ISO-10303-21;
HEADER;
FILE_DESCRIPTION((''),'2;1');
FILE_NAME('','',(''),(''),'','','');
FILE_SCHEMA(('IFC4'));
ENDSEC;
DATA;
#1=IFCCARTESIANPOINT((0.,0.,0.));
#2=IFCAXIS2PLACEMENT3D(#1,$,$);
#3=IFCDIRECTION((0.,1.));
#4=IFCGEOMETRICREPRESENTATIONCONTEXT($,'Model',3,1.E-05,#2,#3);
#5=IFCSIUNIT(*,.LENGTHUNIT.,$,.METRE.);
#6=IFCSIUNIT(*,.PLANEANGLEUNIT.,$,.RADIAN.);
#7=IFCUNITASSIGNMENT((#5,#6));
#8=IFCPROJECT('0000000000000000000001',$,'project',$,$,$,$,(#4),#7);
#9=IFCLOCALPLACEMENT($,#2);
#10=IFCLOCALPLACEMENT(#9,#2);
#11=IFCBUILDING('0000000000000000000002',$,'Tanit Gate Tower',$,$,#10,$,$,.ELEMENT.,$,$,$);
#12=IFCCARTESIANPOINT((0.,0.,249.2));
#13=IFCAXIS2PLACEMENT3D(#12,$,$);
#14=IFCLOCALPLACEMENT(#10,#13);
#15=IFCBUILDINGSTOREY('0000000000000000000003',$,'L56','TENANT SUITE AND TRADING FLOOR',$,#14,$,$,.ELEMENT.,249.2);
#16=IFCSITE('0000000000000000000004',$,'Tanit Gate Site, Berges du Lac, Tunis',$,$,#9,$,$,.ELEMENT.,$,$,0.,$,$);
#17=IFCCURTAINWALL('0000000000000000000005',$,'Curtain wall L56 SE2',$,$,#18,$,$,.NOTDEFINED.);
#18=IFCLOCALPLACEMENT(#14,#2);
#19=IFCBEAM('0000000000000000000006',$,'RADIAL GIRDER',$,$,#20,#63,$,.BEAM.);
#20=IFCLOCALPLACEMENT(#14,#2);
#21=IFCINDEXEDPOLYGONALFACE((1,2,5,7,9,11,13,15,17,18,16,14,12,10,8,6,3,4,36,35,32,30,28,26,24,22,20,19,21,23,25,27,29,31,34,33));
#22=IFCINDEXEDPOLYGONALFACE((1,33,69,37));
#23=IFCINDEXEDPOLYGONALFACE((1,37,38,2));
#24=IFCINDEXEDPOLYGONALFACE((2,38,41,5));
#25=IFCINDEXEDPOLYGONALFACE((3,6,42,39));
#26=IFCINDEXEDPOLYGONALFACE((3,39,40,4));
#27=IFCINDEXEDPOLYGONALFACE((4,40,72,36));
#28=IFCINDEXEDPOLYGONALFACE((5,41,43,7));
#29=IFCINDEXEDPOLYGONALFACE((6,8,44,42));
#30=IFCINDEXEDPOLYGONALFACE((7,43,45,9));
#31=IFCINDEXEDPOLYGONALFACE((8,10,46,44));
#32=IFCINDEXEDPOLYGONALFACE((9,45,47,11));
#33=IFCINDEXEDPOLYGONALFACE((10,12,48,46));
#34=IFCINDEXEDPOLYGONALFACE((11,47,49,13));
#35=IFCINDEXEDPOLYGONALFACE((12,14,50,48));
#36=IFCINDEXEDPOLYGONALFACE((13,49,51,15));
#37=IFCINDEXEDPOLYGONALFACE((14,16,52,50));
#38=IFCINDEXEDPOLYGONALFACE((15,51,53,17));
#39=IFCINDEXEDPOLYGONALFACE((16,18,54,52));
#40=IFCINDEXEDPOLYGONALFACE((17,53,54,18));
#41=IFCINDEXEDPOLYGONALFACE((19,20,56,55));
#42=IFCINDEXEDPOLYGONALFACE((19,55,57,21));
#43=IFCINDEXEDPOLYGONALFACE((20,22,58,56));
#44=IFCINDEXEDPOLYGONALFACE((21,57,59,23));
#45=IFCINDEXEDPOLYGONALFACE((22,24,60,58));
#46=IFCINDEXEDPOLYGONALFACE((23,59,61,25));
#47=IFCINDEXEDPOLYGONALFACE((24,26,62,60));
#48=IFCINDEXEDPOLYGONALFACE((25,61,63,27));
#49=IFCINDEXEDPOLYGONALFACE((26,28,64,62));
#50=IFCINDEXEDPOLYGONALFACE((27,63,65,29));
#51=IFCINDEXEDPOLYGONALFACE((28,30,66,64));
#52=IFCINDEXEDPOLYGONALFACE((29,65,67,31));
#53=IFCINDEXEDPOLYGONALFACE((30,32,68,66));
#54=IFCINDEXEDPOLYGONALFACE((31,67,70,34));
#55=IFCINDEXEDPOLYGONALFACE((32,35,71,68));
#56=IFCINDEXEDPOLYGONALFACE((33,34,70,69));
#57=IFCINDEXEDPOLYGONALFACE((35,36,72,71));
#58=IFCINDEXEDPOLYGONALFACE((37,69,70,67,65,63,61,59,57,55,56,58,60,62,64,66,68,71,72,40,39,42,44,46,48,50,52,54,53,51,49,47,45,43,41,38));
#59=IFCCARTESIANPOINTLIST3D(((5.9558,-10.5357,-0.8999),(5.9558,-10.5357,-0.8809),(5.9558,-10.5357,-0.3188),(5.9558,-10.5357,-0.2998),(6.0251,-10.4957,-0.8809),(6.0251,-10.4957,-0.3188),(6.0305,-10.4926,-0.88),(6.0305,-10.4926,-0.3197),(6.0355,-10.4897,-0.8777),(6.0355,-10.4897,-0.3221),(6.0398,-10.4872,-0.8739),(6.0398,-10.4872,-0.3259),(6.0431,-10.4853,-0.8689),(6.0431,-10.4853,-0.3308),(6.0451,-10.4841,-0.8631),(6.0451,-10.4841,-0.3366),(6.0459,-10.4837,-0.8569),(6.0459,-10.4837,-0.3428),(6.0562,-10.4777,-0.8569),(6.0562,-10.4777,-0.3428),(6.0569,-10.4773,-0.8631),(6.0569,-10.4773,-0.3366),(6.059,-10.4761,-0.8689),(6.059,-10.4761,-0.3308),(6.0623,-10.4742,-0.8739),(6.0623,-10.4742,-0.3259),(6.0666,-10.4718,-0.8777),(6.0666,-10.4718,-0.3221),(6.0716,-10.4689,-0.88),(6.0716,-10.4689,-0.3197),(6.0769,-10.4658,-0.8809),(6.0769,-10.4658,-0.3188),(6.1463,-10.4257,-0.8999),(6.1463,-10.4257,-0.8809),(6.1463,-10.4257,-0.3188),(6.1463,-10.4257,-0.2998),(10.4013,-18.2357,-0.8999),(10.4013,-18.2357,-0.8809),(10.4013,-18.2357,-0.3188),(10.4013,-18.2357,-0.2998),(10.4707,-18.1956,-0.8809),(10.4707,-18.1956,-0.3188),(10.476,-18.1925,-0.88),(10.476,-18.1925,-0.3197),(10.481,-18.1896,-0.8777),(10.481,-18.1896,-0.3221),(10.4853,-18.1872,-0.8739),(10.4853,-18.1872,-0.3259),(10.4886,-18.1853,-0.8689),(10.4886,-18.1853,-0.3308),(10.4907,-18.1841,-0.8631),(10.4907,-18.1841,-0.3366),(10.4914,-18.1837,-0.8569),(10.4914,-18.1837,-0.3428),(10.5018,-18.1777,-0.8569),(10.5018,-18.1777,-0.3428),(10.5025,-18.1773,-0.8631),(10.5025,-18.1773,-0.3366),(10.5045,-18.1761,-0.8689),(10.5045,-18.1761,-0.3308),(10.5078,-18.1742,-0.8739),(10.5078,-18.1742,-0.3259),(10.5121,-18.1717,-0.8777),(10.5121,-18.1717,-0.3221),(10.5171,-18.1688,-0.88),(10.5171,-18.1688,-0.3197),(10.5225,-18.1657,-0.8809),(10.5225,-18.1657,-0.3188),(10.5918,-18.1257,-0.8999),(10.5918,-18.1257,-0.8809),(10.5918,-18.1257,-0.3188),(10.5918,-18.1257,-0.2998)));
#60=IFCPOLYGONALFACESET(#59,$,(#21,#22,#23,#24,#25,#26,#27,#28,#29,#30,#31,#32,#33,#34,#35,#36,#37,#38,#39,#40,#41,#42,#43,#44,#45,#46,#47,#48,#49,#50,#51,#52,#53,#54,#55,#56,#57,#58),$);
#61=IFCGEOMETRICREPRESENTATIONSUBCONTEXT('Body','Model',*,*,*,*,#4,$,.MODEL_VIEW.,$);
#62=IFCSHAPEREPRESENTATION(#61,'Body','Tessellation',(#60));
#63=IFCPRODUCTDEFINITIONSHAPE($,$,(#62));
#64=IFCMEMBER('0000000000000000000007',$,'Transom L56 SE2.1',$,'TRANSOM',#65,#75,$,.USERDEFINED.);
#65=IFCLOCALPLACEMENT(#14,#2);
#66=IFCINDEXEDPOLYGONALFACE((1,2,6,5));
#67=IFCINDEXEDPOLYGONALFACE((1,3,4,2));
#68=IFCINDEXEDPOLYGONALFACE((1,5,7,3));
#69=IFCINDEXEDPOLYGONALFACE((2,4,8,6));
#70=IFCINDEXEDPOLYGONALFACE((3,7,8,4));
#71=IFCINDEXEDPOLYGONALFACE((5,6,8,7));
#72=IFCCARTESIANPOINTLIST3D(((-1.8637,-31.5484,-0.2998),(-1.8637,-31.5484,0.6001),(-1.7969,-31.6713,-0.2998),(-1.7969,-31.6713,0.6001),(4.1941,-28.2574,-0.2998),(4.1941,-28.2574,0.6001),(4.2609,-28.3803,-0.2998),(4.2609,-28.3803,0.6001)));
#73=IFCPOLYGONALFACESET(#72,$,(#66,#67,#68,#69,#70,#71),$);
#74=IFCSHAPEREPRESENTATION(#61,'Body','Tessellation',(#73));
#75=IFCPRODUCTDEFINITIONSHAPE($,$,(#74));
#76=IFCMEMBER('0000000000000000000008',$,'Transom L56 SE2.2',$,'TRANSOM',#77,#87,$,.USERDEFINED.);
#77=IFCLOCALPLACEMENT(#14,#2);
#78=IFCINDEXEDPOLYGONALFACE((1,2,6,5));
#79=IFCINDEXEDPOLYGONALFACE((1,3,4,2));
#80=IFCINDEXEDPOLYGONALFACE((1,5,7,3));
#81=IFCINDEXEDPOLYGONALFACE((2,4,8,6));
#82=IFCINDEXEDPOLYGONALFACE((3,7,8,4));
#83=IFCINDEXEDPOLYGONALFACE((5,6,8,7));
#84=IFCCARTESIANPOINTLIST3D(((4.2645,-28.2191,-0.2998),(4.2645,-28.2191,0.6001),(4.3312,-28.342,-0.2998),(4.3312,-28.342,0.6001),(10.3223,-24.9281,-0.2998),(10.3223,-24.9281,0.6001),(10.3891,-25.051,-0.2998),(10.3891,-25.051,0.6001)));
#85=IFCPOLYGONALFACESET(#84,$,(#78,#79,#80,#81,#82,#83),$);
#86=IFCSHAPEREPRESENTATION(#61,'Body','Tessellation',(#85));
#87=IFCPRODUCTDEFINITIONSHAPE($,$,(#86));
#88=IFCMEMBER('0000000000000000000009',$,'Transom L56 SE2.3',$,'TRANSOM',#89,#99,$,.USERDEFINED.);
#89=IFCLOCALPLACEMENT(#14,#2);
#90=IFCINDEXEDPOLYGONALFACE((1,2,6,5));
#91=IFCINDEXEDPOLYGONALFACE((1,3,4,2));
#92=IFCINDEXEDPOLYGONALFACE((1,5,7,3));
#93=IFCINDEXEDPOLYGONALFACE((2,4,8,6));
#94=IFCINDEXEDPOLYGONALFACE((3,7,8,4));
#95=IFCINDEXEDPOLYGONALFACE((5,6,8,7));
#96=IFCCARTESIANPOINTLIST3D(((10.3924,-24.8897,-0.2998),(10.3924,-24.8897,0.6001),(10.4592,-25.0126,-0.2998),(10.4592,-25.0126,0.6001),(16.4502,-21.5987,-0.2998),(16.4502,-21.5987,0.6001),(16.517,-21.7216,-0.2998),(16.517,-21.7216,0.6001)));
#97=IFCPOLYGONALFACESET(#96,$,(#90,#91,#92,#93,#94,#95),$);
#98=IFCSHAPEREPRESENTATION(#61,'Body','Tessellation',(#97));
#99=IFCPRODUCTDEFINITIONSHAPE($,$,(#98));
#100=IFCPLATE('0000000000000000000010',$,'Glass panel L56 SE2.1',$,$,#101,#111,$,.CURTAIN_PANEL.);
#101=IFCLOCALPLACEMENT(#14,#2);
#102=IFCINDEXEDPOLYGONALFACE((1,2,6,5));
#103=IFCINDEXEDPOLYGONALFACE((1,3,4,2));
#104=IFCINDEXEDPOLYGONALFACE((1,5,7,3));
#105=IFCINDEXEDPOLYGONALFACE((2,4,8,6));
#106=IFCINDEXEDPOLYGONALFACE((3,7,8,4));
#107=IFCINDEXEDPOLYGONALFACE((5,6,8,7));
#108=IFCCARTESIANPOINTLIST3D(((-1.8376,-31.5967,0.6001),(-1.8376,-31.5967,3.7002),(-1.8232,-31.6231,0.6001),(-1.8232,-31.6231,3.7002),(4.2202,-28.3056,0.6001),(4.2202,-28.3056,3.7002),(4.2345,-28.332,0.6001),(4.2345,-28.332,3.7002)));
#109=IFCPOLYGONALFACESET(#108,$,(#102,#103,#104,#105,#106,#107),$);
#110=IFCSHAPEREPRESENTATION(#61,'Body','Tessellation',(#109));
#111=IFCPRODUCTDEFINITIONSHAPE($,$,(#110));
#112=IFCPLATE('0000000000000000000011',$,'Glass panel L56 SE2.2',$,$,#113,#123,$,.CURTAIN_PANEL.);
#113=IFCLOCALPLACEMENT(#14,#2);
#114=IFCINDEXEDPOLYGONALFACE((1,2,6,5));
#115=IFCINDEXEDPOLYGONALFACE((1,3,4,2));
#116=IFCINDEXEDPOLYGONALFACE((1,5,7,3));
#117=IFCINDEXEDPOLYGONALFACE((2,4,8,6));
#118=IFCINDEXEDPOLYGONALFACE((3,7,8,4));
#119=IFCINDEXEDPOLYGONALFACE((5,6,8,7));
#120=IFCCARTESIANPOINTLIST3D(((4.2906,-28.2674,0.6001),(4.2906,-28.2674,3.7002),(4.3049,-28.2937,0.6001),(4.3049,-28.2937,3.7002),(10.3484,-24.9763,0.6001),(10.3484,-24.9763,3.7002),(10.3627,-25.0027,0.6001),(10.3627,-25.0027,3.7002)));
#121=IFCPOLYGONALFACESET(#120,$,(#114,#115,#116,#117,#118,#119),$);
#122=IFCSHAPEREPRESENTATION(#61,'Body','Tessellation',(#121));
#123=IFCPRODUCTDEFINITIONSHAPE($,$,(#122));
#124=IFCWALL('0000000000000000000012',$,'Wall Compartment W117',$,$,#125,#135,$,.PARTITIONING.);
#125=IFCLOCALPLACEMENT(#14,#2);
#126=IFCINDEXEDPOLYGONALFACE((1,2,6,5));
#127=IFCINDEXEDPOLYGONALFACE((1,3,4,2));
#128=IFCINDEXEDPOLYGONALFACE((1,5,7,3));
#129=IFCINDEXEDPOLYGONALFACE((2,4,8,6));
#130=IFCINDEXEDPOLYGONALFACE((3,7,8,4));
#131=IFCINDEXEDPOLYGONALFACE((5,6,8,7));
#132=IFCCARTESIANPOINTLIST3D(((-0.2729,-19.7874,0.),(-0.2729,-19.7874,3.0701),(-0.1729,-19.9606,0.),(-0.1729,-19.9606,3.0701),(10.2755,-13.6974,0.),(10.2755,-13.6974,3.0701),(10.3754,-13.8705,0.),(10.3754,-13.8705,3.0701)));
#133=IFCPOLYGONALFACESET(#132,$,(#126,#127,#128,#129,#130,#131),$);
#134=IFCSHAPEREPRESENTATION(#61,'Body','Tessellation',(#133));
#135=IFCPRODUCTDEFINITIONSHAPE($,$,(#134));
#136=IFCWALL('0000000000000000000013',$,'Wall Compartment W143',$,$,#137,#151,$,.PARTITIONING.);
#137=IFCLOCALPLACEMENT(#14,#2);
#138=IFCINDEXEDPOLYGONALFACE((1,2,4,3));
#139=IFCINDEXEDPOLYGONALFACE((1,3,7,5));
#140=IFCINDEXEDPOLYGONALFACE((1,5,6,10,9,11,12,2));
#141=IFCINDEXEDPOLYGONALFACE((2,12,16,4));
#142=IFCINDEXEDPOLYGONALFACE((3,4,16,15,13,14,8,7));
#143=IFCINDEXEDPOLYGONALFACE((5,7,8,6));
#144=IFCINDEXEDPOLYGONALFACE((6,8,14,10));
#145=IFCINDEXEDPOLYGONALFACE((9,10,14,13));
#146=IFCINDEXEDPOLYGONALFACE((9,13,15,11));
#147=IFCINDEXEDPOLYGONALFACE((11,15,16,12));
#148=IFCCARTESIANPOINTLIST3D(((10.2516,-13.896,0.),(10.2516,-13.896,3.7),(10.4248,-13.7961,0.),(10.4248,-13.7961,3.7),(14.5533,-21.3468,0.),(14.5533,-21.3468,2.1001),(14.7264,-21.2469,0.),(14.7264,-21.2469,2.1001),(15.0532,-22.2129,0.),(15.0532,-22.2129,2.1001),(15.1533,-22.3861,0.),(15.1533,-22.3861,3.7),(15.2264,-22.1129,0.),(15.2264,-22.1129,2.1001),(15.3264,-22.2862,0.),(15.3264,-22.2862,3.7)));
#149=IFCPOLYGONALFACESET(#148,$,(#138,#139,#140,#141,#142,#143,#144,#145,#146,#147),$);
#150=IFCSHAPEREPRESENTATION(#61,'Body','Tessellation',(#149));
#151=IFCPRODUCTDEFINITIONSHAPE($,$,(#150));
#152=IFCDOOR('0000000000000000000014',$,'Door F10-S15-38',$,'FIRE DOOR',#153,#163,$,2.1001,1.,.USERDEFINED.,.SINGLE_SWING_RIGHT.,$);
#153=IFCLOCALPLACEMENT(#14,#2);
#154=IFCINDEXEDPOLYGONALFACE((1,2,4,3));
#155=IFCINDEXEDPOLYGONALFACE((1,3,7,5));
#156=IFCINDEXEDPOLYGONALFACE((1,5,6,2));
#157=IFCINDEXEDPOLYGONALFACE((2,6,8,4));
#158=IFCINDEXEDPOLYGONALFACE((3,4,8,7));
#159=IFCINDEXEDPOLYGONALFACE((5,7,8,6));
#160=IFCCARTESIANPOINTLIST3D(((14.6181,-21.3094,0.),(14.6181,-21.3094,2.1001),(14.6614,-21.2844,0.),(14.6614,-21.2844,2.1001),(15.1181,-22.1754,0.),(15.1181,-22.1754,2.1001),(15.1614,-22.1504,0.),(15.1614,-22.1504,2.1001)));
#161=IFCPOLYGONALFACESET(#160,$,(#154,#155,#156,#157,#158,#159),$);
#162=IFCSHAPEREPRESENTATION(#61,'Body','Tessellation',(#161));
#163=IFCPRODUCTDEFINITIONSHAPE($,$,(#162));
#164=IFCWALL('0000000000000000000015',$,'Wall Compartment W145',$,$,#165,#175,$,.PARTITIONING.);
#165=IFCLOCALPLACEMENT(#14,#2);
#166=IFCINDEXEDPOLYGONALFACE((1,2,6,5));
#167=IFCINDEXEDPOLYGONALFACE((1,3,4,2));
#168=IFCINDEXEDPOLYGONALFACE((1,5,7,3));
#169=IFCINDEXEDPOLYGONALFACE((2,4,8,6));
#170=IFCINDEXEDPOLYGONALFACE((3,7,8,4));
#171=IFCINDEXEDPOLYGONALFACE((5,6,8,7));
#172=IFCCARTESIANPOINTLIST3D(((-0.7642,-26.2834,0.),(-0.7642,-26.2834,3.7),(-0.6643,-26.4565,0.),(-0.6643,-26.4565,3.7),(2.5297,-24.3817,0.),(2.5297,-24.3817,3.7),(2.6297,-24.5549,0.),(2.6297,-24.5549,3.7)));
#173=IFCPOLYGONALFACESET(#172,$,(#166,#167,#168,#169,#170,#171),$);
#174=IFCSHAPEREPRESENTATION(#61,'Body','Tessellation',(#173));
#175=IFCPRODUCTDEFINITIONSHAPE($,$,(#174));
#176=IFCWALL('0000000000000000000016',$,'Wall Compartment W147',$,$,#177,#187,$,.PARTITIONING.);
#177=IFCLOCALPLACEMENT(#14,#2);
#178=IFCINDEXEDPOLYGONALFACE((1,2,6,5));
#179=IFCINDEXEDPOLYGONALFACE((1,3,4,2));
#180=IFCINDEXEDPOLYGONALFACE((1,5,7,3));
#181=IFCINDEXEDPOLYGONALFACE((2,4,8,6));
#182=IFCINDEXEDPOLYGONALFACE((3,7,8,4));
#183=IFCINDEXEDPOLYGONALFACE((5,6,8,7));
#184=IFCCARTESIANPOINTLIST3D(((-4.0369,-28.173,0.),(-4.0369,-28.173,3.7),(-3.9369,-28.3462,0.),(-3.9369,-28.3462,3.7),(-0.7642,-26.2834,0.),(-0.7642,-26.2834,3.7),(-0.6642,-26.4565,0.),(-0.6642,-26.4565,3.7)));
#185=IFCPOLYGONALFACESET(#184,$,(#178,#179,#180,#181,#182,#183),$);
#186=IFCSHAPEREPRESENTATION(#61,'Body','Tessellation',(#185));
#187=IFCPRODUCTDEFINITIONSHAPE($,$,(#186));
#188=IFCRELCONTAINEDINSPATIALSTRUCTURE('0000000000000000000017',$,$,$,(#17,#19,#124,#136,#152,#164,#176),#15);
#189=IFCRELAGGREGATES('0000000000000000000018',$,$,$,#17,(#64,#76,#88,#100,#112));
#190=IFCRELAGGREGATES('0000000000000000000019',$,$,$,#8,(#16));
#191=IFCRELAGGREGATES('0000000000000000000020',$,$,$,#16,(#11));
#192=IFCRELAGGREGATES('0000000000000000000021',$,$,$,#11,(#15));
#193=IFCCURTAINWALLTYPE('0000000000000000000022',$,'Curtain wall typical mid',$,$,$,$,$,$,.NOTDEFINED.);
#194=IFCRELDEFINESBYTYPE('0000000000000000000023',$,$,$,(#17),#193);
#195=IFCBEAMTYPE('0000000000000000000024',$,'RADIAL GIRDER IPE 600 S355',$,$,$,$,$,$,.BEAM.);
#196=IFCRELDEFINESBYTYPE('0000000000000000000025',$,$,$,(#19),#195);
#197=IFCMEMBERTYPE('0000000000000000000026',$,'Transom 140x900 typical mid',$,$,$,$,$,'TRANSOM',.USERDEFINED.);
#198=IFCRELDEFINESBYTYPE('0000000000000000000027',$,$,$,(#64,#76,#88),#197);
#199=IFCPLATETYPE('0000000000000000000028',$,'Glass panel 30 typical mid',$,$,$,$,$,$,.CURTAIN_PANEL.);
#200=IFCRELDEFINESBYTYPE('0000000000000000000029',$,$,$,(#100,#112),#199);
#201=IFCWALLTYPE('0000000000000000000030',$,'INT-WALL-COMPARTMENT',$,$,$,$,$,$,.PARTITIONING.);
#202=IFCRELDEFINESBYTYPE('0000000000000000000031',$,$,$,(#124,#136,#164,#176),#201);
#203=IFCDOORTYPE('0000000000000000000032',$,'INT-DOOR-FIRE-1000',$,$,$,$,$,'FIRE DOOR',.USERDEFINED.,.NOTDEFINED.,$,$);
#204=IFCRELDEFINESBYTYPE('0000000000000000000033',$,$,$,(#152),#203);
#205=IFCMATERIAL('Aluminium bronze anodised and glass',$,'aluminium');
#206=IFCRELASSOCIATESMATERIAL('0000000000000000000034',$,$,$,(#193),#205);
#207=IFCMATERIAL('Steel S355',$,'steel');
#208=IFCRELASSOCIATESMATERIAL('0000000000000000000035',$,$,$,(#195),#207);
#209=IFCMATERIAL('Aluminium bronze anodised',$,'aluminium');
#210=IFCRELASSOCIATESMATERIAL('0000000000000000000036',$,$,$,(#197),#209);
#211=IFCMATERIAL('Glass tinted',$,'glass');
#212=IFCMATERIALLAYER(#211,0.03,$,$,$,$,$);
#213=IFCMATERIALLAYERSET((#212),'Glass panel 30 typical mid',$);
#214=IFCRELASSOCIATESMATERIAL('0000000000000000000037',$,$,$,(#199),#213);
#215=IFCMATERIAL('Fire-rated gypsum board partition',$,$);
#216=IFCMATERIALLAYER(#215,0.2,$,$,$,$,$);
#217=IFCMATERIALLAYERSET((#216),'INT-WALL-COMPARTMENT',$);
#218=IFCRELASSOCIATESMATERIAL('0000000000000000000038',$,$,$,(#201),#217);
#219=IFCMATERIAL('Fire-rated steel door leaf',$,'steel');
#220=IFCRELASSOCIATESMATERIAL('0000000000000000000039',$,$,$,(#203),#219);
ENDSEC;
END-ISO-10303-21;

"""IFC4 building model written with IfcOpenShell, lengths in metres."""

from ifc_helpers import new_model, si_unit, direction, frame, frame_2d, origin, origin_2d, place, context, subcontext, project, spatial, rectangle, i_section, extrude, material, layer, layer_set, material_profile, profile_set, type_object, element, fill, aggregate, save


model = new_model("IFC4")

# Units and contexts
model_context = context("Model", 3, precision=1e-05, world=origin(), true_north=direction((0.0, 1.0)))
body_context = subcontext(model_context, "Body", "Model", "MODEL_VIEW")
ifc_project = project(units=[si_unit("LENGTHUNIT", "METRE"), si_unit("PLANEANGLEUNIT", "RADIAN")], contexts=[model_context])

# Site, building, storey
site_placement = place(None, origin())
site = spatial("IfcSite", under=ifc_project, at=site_placement, Name="Tanit Gate Site, Berges du Lac, Tunis", CompositionType="ELEMENT", RefElevation=0.0)
building_placement = place(site_placement, origin())
building = spatial("IfcBuilding", under=site, at=building_placement, Name="Tanit Gate Tower", CompositionType="ELEMENT")
storey_placement = place(building_placement, frame((0.0, 0.0, 249.2)))
storey = spatial("IfcBuildingStorey", under=building, at=storey_placement, Name="L56", Description="TENANT SUITE AND TRADING FLOOR", CompositionType="ELEMENT", Elevation=249.2)

# Curtain wall
ifc_material_1 = material(Name="Aluminium bronze anodised and glass", Category="aluminium")
curtain_wall_type = type_object("IfcCurtainWallType", Name="Curtain wall typical mid", PredefinedType="NOTDEFINED", material=ifc_material_1)
curtain_wall_1_placement = place(storey_placement, origin())
curtain_wall_1 = element("IfcCurtainWall", 1, at=curtain_wall_1_placement, inside=storey, type_object=curtain_wall_type, Name="Curtain wall L56 SE2", PredefinedType="NOTDEFINED")

# Beam
ifc_material_2 = material(Name="Steel S355", Category="steel")
ifc_material_profile_1 = material_profile(ifc_material_2, i_section(OverallWidth=0.22, OverallDepth=0.6001, WebThickness=0.012, FlangeThickness=0.019, FilletRadius=0.0239, at=origin_2d()), Name="IPE 600")
ifc_profile_set_1 = profile_set([ifc_material_profile_1], Name="Steel S355")
beam_type_1 = type_object("IfcBeamType", Name="RADIAL GIRDER IPE 600 S355", PredefinedType="BEAM", material=ifc_profile_set_1)
beam_1_placement = place(storey_placement, frame((10.4966, -18.1807, -0.5999), z_axis=(-0.499999, 0.866026, 0.0), x_axis=(-0.866026, -0.499999, 0.0)))
element("IfcBeam", 2, at=beam_1_placement, inside=storey, type_object=beam_type_1, Name="RADIAL GIRDER", PredefinedType="BEAM", context=body_context, shape_type="SweptSolid", body=[
    extrude(i_section(OverallWidth=0.22, OverallDepth=0.6001, WebThickness=0.012, FlangeThickness=0.019, FilletRadius=0.0239, at=origin_2d()), origin(), (0.0, 0.0, 1.0), 8.8911),
])

# Members
ifc_material_3 = material(Name="Aluminium bronze anodised", Category="aluminium")
ifc_material_profile_2 = material_profile(ifc_material_3, rectangle(XDim=0.1399, YDim=0.8999, at=origin_2d()), Name="140x900 bronze transom")
ifc_profile_set_2 = profile_set([ifc_material_profile_2], Name="Aluminium bronze anodised")
member_type_1 = type_object("IfcMemberType", Name="Transom 140x900 typical mid", ElementType="TRANSOM", PredefinedType="USERDEFINED", material=ifc_profile_set_2)
member_1_placement = place(storey_placement, frame((-1.8303, -31.6099, 0.1501), z_axis=(0.878704, 0.477368, 0.0), x_axis=(-0.477368, 0.878704, 0.0)))
member_1 = element("IfcMember", 3, at=member_1_placement, type_object=member_type_1, Name="Transom L56 SE2.1", ObjectType="TRANSOM", PredefinedType="USERDEFINED", context=body_context, shape_type="SweptSolid", body=[
    extrude(rectangle(XDim=0.1399, YDim=0.8999, at=origin_2d()), origin(), (0.0, 0.0, 1.0), 6.894),
])
member_2_placement = place(storey_placement, frame((4.2979, -28.2805, 0.1501), z_axis=(0.878704, 0.477368, 0.0), x_axis=(-0.477368, 0.878704, 0.0)))
member_2 = element("IfcMember", 4, at=member_2_placement, type_object=member_type_1, Name="Transom L56 SE2.2", ObjectType="TRANSOM", PredefinedType="USERDEFINED", context=body_context, shape_type="SweptSolid", body=[
    extrude(rectangle(XDim=0.1399, YDim=0.8999, at=origin_2d()), origin(), (0.0, 0.0, 1.0), 6.894),
])
member_3_placement = place(storey_placement, frame((10.4258, -24.9512, 0.1501), z_axis=(0.878704, 0.477368, 0.0), x_axis=(-0.477368, 0.878704, 0.0)))
member_3 = element("IfcMember", 5, at=member_3_placement, type_object=member_type_1, Name="Transom L56 SE2.3", ObjectType="TRANSOM", PredefinedType="USERDEFINED", context=body_context, shape_type="SweptSolid", body=[
    extrude(rectangle(XDim=0.1399, YDim=0.8999, at=origin_2d()), origin(), (0.0, 0.0, 1.0), 6.894),
])

# Plates
ifc_material_4 = material(Name="Glass tinted", Category="glass")
ifc_layer_1 = layer(ifc_material_4, 0.03)
ifc_layer_set_1 = layer_set([ifc_layer_1], Name="Glass panel 30 typical mid")
plate_type = type_object("IfcPlateType", Name="Glass panel 30 typical mid", PredefinedType="CURTAIN_PANEL", material=ifc_layer_set_1)
plate_1_placement = place(storey_placement, frame((1.1985, -29.9644, 0.6001), z_axis=(0.0, 0.0, 1.0), x_axis=(0.878696, 0.477381, 0.0)))
plate_1 = element("IfcPlate", 6, at=plate_1_placement, type_object=plate_type, Name="Glass panel L56 SE2.1", PredefinedType="CURTAIN_PANEL", context=body_context, shape_type="SweptSolid", body=[
    extrude(rectangle(XDim=6.894, YDim=0.03, at=origin_2d()), origin(), (0.0, 0.0, 1.0), 3.1001),
])
plate_2_placement = place(storey_placement, frame((7.3267, -26.635, 0.6001), z_axis=(0.0, 0.0, 1.0), x_axis=(0.878696, 0.477381, 0.0)))
plate_2 = element("IfcPlate", 7, at=plate_2_placement, type_object=plate_type, Name="Glass panel L56 SE2.2", PredefinedType="CURTAIN_PANEL", context=body_context, shape_type="SweptSolid", body=[
    extrude(rectangle(XDim=6.894, YDim=0.03, at=origin_2d()), origin(), (0.0, 0.0, 1.0), 3.1001),
])
aggregate(curtain_wall_1, [member_1, member_2, member_3, plate_1, plate_2])

# Wall
ifc_material_5 = material(Name="Fire-rated gypsum board partition")
ifc_layer_2 = layer(ifc_material_5, 0.2)
ifc_layer_set_2 = layer_set([ifc_layer_2], Name="INT-WALL-COMPARTMENT")
wall_type_1 = type_object("IfcWallType", Name="INT-WALL-COMPARTMENT", PredefinedType="PARTITIONING", material=ifc_layer_set_2)
wall_1_placement = place(storey_placement, frame((-0.2229, -19.874, 0.0), z_axis=(0.0, 0.0, 1.0), x_axis=(0.866025, 0.5, 0.0)))
element("IfcWall", 8, at=wall_1_placement, inside=storey, type_object=wall_type_1, Name="Wall Compartment W117", PredefinedType="PARTITIONING", context=body_context, shape_type="SweptSolid", body=[
    extrude(rectangle(XDim=12.1802, YDim=0.2, at=frame_2d((6.0901, 0.0))), origin(), (0.0, 0.0, 1.0), 3.0701),
])

# Wall, opening, door
wall_2_placement = place(storey_placement, frame((10.3381, -13.8459, 0.0), z_axis=(0.0, 0.0, 1.0), x_axis=(0.499993, -0.866029, 0.0)))
wall_2 = element("IfcWall", 9, at=wall_2_placement, inside=storey, type_object=wall_type_1, Name="Wall Compartment W143", PredefinedType="PARTITIONING", context=body_context, shape_type="SweptSolid", body=[
    extrude(rectangle(XDim=9.8035, YDim=0.2, at=frame_2d((4.9019, 0.0))), origin(), (0.0, 0.0, 1.0), 3.7),
])
opening_placement = place(wall_2_placement, frame((8.6035, 0.0, 0.0)))
opening = element("IfcOpeningElement", 10, at=opening_placement, cuts=wall_2, PredefinedType="OPENING", context=body_context, shape_type="SweptSolid", body=[
    extrude(rectangle(XDim=1.0, YDim=2.1001, at=frame_2d((0.5, 1.05))), frame((0.0, 0.1099, 0.0), z_axis=(0.0, -1.0, 0.0), x_axis=(1.0, 0.0, 0.0)), (0.0, 0.0, 1.0), 0.22),
])
ifc_material_6 = material(Name="Fire-rated steel door leaf", Category="steel")
door_type = type_object("IfcDoorType", Name="INT-DOOR-FIRE-1000", ElementType="FIRE DOOR", OperationType="NOTDEFINED", PredefinedType="USERDEFINED", material=ifc_material_6)
door_placement = place(opening_placement, origin())
door = element("IfcDoor", 11, at=door_placement, inside=storey, type_object=door_type, Name="Door F10-S15-38", ObjectType="FIRE DOOR", OperationType="SINGLE_SWING_RIGHT", OverallHeight=2.1001, OverallWidth=1.0, PredefinedType="USERDEFINED", context=body_context, shape_type="SweptSolid", body=[
    extrude(rectangle(XDim=1.0, YDim=2.1001, at=frame_2d((0.5, 1.05))), frame((0.0, 0.0249, 0.0), z_axis=(0.0, -1.0, 0.0), x_axis=(1.0, 0.0, 0.0)), (0.0, 0.0, 1.0), 0.05),
])
fill(opening, door)

# Walls
wall_3_placement = place(storey_placement, frame((2.5798, -24.4683, 0.0), z_axis=(0.0, 0.0, 1.0), x_axis=(-0.866042, -0.499971, 0.0)))
element("IfcWall", 12, at=wall_3_placement, inside=storey, type_object=wall_type_1, Name="Wall Compartment W145", PredefinedType="PARTITIONING", context=body_context, shape_type="SweptSolid", body=[
    extrude(rectangle(XDim=3.8035, YDim=0.2, at=frame_2d((1.9019, 0.0))), origin(), (0.0, 0.0, 1.0), 3.7),
])
wall_4_placement = place(storey_placement, frame((-0.7141, -26.3699, 0.0), z_axis=(0.0, 0.0, 1.0), x_axis=(-0.866008, -0.50003, 0.0)))
element("IfcWall", 13, at=wall_4_placement, inside=storey, type_object=wall_type_1, Name="Wall Compartment W147", PredefinedType="PARTITIONING", context=body_context, shape_type="SweptSolid", body=[
    extrude(rectangle(XDim=3.7791, YDim=0.2, at=frame_2d((1.8896, 0.0))), origin(), (0.0, 0.0, 1.0), 3.7),
])

save(model, "model.ifc")
